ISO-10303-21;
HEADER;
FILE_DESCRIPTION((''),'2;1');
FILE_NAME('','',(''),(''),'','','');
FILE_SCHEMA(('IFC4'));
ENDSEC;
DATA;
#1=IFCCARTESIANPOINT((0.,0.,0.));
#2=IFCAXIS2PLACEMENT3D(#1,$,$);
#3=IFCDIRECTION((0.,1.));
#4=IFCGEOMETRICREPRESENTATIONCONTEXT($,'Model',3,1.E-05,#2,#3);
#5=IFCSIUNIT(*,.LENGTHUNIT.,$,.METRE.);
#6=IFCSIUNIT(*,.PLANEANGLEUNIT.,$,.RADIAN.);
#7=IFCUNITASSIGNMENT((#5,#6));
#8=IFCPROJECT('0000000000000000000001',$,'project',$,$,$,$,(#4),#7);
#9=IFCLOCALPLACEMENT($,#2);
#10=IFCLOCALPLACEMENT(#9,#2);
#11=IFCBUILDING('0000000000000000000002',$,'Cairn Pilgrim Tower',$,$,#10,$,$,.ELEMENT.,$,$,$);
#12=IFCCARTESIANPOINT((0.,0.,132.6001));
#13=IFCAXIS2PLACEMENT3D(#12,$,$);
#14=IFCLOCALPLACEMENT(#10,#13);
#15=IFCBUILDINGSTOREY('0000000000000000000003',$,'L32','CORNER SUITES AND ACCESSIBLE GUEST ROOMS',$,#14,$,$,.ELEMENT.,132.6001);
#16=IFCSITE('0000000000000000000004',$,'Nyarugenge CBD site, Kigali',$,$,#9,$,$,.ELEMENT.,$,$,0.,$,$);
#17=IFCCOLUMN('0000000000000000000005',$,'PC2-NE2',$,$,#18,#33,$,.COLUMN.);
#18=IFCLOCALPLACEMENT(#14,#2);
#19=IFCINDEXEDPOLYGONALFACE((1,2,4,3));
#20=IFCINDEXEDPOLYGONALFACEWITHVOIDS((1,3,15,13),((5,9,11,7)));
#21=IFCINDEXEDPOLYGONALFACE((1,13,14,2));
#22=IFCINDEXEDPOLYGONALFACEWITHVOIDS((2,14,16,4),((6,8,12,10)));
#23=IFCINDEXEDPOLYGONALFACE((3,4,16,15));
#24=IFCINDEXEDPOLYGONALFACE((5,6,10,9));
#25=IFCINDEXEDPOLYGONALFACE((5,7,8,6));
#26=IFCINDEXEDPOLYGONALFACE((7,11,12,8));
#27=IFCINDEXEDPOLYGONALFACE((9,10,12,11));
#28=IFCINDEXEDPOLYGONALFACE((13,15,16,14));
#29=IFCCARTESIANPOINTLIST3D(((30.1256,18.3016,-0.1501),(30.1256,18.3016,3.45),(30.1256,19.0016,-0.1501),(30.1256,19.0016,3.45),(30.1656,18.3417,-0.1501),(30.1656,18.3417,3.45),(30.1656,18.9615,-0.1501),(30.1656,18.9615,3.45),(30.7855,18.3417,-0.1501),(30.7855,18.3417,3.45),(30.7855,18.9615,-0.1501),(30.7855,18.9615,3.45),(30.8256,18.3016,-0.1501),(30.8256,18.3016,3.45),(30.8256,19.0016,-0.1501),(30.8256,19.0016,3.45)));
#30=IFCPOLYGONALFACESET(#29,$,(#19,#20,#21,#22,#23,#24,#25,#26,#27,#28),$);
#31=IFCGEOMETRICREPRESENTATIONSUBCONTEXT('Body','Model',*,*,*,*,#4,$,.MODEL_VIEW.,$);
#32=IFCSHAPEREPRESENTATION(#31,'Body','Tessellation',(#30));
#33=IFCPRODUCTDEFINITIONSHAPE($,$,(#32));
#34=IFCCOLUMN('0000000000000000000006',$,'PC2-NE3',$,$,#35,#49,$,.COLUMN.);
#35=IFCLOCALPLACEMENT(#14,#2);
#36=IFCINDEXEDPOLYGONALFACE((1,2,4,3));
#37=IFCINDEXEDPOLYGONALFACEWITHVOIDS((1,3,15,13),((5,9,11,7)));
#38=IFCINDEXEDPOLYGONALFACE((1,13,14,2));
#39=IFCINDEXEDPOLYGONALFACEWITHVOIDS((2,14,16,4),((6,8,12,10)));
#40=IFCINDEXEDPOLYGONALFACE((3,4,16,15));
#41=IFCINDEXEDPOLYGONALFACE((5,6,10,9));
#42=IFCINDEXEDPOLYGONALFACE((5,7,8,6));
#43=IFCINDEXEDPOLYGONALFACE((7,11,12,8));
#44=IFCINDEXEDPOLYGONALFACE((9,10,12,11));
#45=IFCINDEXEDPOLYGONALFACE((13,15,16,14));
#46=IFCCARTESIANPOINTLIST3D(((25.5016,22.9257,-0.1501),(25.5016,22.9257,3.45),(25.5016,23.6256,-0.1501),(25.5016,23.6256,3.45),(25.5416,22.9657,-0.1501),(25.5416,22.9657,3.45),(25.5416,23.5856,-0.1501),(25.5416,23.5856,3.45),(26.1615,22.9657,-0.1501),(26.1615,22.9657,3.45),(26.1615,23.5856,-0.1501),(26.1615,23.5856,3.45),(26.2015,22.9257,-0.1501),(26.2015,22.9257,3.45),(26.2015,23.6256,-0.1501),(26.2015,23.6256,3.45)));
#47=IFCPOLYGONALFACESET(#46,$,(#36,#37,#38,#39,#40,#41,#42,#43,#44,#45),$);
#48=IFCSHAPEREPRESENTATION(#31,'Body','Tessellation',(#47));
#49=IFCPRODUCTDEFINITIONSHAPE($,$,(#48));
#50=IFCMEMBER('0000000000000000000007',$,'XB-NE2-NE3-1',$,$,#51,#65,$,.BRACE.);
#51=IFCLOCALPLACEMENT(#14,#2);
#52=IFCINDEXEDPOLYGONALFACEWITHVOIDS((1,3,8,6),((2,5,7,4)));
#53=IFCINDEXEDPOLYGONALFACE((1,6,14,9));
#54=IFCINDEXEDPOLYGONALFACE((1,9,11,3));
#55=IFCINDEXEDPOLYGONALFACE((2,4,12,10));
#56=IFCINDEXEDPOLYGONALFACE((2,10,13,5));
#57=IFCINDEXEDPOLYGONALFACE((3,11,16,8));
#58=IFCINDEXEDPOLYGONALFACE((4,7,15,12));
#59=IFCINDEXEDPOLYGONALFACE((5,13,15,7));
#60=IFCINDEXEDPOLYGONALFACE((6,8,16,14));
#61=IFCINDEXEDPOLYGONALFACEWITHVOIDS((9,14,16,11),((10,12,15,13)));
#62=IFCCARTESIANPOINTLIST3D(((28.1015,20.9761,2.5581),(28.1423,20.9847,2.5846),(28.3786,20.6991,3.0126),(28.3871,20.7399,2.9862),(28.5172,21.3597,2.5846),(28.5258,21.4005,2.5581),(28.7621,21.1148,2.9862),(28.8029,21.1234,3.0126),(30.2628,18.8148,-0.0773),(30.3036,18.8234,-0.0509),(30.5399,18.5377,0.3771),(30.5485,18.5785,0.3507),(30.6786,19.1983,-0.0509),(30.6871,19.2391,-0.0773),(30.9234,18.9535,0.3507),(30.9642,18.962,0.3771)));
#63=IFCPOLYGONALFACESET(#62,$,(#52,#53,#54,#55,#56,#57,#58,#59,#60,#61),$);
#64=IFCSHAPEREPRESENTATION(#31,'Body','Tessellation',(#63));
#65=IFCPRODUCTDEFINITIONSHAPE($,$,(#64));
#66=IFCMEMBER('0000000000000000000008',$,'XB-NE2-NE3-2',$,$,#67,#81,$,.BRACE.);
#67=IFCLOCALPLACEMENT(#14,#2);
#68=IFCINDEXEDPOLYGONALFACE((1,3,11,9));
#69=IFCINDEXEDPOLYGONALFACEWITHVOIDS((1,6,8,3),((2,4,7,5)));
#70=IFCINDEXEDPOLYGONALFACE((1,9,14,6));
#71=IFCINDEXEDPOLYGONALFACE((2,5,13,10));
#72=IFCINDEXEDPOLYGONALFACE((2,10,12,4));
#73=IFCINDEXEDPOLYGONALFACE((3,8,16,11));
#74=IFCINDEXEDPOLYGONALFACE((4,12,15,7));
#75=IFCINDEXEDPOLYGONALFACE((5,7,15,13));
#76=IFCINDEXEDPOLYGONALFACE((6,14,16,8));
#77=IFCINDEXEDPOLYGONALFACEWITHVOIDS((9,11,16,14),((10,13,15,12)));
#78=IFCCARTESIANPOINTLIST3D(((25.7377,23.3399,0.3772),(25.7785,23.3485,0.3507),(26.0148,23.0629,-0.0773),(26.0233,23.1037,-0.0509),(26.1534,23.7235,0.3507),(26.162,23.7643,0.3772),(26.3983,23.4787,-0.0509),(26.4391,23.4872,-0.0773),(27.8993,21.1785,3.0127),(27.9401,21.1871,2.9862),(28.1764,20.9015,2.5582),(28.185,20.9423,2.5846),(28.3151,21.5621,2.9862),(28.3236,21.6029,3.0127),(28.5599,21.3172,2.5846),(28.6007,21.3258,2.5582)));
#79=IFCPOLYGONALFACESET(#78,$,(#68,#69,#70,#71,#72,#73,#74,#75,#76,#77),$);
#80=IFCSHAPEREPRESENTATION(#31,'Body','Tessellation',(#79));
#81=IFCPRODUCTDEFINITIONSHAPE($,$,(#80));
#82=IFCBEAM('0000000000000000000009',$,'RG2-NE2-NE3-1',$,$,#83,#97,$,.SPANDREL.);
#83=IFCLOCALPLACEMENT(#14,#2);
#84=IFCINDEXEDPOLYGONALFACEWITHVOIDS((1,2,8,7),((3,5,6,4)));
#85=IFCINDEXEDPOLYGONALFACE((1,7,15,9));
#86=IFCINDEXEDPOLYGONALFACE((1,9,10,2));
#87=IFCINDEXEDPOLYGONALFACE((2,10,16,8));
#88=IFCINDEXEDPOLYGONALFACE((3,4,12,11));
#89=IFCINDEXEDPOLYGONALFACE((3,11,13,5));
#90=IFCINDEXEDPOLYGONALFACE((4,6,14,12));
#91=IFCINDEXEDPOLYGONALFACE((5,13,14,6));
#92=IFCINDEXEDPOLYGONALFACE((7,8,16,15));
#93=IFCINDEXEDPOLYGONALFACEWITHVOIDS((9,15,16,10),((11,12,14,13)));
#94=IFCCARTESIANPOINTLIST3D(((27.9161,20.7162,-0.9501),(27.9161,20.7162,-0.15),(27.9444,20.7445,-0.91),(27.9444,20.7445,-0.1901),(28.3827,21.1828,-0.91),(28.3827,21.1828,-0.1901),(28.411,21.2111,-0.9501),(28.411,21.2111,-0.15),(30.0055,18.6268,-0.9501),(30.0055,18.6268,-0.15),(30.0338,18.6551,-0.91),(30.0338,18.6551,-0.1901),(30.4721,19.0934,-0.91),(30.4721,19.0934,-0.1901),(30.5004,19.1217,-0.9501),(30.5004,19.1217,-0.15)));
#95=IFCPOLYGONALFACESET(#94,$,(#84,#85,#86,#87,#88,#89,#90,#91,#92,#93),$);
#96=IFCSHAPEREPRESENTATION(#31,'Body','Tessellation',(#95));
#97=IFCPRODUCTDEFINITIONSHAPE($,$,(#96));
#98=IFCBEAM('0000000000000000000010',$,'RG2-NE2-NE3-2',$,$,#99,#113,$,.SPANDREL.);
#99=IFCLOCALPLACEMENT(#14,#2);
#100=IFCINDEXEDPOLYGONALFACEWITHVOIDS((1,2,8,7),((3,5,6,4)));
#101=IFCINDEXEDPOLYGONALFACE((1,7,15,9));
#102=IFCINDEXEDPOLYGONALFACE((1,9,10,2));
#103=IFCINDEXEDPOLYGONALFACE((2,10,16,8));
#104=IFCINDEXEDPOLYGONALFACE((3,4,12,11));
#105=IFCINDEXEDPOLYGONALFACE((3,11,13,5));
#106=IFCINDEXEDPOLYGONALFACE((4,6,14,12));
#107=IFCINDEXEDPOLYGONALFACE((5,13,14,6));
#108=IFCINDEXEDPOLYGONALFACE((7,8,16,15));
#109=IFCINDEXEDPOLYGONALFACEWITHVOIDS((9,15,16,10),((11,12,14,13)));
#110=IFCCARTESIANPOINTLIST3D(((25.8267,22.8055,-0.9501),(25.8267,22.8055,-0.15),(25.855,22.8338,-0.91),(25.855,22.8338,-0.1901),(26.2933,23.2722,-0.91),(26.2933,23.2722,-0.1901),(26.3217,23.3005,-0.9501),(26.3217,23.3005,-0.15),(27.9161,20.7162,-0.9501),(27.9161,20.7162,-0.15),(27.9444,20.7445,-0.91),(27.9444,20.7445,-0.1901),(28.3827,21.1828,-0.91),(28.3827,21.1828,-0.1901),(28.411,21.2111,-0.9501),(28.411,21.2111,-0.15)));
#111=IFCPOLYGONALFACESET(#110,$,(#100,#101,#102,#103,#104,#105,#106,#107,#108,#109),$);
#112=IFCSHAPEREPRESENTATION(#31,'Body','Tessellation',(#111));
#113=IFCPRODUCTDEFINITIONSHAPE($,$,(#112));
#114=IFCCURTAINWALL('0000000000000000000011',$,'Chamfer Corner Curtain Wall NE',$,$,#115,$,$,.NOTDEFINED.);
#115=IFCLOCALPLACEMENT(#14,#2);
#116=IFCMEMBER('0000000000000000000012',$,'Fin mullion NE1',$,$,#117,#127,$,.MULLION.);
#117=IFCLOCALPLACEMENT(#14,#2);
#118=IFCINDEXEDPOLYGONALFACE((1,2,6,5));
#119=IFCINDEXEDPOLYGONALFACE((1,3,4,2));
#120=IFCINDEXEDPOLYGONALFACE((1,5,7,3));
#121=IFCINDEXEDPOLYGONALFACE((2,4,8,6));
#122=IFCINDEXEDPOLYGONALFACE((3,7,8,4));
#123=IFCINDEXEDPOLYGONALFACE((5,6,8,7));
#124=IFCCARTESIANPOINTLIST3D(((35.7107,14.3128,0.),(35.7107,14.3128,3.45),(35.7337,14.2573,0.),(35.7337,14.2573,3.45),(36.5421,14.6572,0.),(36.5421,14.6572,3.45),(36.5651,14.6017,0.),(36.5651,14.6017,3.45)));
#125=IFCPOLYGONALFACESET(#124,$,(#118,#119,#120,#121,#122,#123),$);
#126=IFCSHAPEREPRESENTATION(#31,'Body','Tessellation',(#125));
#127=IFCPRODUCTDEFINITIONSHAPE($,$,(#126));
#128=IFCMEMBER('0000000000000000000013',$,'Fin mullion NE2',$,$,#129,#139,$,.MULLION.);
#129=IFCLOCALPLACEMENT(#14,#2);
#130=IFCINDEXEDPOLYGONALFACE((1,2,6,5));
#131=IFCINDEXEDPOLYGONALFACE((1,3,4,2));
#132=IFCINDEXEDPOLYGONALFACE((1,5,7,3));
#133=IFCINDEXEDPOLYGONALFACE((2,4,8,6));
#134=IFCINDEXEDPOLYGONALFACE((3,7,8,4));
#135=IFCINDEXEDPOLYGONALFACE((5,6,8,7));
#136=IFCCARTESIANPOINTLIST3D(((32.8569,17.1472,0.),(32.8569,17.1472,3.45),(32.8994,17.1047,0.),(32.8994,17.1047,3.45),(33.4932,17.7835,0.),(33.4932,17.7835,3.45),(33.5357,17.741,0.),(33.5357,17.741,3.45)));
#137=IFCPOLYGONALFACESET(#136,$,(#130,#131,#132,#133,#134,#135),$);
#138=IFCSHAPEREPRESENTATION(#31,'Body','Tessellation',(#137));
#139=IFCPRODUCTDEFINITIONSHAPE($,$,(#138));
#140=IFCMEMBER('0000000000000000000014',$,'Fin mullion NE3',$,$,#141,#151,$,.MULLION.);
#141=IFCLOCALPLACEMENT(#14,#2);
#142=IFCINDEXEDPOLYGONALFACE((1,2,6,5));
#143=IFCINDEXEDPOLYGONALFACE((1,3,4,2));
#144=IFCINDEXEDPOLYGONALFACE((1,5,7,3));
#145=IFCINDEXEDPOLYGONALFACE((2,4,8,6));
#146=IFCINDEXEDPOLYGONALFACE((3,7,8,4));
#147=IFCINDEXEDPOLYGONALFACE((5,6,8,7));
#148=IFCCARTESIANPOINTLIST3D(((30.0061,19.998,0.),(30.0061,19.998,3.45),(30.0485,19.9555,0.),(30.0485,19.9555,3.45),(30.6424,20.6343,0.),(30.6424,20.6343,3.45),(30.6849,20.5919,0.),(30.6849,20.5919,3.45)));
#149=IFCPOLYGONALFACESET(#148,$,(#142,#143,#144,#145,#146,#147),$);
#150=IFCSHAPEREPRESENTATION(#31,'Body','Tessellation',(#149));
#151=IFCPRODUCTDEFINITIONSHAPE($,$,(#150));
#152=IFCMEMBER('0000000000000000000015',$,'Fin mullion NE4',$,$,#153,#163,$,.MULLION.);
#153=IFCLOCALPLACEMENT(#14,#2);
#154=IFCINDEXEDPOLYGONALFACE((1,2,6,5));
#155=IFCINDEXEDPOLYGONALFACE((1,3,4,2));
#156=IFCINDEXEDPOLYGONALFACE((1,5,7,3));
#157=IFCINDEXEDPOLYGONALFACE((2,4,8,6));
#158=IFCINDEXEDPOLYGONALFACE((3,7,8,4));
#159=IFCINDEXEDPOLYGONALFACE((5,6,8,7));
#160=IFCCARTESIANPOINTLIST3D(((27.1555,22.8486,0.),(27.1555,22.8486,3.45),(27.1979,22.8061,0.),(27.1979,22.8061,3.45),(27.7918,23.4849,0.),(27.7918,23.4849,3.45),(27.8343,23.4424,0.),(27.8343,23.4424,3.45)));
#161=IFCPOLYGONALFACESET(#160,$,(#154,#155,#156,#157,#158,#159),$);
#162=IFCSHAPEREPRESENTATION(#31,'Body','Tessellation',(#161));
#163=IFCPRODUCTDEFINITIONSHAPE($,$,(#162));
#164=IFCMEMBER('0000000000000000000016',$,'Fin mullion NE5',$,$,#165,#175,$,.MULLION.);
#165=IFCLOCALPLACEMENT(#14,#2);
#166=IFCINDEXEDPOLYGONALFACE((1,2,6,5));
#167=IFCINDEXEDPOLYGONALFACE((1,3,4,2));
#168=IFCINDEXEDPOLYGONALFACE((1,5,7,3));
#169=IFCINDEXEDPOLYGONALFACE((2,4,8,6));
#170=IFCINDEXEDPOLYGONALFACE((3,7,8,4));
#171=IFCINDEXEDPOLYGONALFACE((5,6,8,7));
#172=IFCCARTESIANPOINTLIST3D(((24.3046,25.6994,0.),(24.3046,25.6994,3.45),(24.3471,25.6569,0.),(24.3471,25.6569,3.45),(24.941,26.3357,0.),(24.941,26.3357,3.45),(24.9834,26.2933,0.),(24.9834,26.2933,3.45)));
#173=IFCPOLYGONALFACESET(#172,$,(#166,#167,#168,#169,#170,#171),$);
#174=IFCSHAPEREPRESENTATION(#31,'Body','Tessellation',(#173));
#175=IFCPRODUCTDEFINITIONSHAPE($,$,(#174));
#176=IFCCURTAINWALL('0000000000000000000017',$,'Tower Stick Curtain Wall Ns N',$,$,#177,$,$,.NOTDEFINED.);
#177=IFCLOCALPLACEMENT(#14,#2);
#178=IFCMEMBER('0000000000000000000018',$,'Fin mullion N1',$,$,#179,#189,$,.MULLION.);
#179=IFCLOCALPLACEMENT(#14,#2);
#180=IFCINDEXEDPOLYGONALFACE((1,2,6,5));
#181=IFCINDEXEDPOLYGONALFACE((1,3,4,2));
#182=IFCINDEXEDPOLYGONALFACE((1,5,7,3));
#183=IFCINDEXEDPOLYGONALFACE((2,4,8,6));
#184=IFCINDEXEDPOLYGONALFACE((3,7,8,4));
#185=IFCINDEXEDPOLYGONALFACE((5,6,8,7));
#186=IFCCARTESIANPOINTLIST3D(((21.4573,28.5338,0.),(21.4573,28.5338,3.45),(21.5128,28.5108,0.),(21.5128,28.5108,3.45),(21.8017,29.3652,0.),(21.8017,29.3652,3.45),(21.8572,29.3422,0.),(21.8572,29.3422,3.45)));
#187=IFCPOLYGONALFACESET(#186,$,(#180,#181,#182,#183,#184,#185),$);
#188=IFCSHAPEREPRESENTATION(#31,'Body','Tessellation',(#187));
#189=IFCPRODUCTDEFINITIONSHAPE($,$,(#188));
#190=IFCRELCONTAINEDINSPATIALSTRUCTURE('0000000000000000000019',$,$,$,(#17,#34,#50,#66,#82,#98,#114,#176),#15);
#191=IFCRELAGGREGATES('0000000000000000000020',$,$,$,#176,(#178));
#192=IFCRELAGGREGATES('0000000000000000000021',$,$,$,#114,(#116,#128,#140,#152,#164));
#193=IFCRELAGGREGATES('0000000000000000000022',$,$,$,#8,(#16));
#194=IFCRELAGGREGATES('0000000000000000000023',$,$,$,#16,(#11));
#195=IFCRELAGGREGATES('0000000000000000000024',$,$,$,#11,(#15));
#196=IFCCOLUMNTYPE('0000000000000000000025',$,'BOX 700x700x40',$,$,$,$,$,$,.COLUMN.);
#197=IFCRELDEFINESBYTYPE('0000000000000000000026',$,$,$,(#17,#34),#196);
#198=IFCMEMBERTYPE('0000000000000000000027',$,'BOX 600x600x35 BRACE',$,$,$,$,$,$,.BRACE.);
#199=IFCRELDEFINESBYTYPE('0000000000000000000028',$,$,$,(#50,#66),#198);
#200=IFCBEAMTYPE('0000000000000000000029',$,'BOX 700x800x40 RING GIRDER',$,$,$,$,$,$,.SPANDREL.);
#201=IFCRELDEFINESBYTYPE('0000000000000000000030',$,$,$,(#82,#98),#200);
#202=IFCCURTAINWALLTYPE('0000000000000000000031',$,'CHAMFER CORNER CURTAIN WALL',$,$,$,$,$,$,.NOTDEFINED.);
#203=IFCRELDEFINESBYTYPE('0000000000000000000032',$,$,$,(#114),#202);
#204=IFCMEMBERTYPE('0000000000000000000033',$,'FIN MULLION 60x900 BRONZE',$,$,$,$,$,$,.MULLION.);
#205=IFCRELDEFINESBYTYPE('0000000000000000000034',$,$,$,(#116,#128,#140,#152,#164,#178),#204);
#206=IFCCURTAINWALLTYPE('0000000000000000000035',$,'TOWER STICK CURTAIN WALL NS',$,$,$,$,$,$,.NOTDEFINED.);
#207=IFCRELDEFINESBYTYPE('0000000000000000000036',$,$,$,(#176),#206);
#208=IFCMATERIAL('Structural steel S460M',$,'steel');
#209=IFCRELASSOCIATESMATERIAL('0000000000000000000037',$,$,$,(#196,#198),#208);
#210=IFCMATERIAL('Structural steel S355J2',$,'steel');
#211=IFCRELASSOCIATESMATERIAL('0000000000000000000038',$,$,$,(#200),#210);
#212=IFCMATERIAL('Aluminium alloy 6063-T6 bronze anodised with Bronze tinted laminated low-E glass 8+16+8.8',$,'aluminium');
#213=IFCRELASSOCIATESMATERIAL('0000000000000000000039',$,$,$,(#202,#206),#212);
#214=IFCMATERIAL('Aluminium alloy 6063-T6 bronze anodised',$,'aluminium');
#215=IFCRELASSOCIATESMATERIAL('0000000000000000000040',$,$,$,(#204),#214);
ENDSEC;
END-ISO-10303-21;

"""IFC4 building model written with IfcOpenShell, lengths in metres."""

from ifc_helpers import new_model, si_unit, direction, frame, origin, origin_2d, place, context, subcontext, project, spatial, rectangle, hollow_rectangle, extrude, material, material_profile, profile_set, type_object, element, aggregate, save


model = new_model("IFC4")

# Units and contexts
model_context = context("Model", 3, precision=1e-05, world=origin(), true_north=direction((0.0, 1.0)))
body_context = subcontext(model_context, "Body", "Model", "MODEL_VIEW")
ifc_project = project(units=[si_unit("LENGTHUNIT", "METRE"), si_unit("PLANEANGLEUNIT", "RADIAN")], contexts=[model_context])

# Site, building, storey
site_placement = place(None, origin())
site = spatial("IfcSite", under=ifc_project, at=site_placement, Name="Nyarugenge CBD site, Kigali", CompositionType="ELEMENT", RefElevation=0.0)
building_placement = place(site_placement, origin())
building = spatial("IfcBuilding", under=site, at=building_placement, Name="Cairn Pilgrim Tower", CompositionType="ELEMENT")
storey_placement = place(building_placement, frame((0.0, 0.0, 132.6001)))
storey = spatial("IfcBuildingStorey", under=building, at=storey_placement, Name="L32", Description="CORNER SUITES AND ACCESSIBLE GUEST ROOMS", CompositionType="ELEMENT", Elevation=132.6001)

# Columns
ifc_material_1 = material(Name="Structural steel S460M", Category="steel")
ifc_material_profile_1 = material_profile(ifc_material_1, hollow_rectangle(XDim=0.7, YDim=0.7, WallThickness=0.04, at=origin_2d()), Name="BOX 700x700x40")
ifc_profile_set_1 = profile_set([ifc_material_profile_1], Name="Structural steel S460M")
column_type = type_object("IfcColumnType", Name="BOX 700x700x40", PredefinedType="COLUMN", material=ifc_profile_set_1)
for number, where, z_axis, x_axis, name in (
    (1, (30.4756, 18.6516, -0.1501), (0.0, 0.0, 1.0), (1.0, 0.0, 0.0), "PC2-NE2"),
    (2, (25.8516, 23.2756, -0.1501), (0.0, 0.0, 1.0), (1.0, 0.0, 0.0), "PC2-NE3"),
):
    element("IfcColumn", number, at=place(storey_placement, frame(where, z_axis=z_axis, x_axis=x_axis)), inside=storey, type_object=column_type, Name=name, PredefinedType="COLUMN", context=body_context, shape_type="SweptSolid", body=[
        extrude(hollow_rectangle(XDim=0.7, YDim=0.7, WallThickness=0.04, at=origin_2d()), origin(), (0.0, 0.0, 1.0), 3.6001),
    ])

# Members
ifc_material_profile_2 = material_profile(ifc_material_1, hollow_rectangle(XDim=0.6001, YDim=0.6001, WallThickness=0.0349, at=origin_2d()), Name="BOX 600x600x35")
ifc_profile_set_2 = profile_set([ifc_material_profile_2], Name="Structural steel S460M")
member_type_1 = type_object("IfcMemberType", Name="BOX 600x600x35 BRACE", PredefinedType="BRACE", material=ifc_profile_set_2)
member_1_placement = place(storey_placement, frame((30.6135, 18.8884, 0.1499), z_axis=(-0.53553, 0.53553, 0.653004), x_axis=(-0.707107, -0.707107, 0.0)))
element("IfcMember", 3, at=member_1_placement, inside=storey, type_object=member_type_1, Name="XB-NE2-NE3-1", PredefinedType="BRACE", context=body_context, shape_type="SweptSolid", body=[
    extrude(hollow_rectangle(XDim=0.6001, YDim=0.6001, WallThickness=0.0349, at=origin_2d()), origin(), (0.0, 0.0, 1.0), 4.0359),
])
member_2_placement = place(storey_placement, frame((26.0884, 23.4136, 0.1499), z_axis=(0.535573, -0.535513, 0.652983), x_axis=(0.707067, 0.707147, 0.0)))
element("IfcMember", 4, at=member_2_placement, inside=storey, type_object=member_type_1, Name="XB-NE2-NE3-2", PredefinedType="BRACE", context=body_context, shape_type="SweptSolid", body=[
    extrude(hollow_rectangle(XDim=0.6001, YDim=0.6001, WallThickness=0.0349, at=origin_2d()), origin(), (0.0, 0.0, 1.0), 4.0361),
])

# Beams
ifc_material_2 = material(Name="Structural steel S355J2", Category="steel")
ifc_material_profile_3 = material_profile(ifc_material_2, hollow_rectangle(XDim=0.7, YDim=0.8, WallThickness=0.04, at=origin_2d()), Name="BOX 700x800x40")
ifc_profile_set_3 = profile_set([ifc_material_profile_3], Name="Structural steel S355J2")
beam_type_1 = type_object("IfcBeamType", Name="BOX 700x800x40 RING GIRDER", PredefinedType="SPANDREL", material=ifc_profile_set_3)
for number, where, z_axis, x_axis, name in (
    (5, (30.2529, 18.8743, -0.55), (-0.707107, 0.707107, 0.0), (-0.707107, -0.707107, 0.0), "RG2-NE2-NE3-1"),
    (6, (28.1636, 20.9636, -0.55), (-0.707107, 0.707107, 0.0), (-0.707107, -0.707107, 0.0), "RG2-NE2-NE3-2"),
):
    element("IfcBeam", number, at=place(storey_placement, frame(where, z_axis=z_axis, x_axis=x_axis)), inside=storey, type_object=beam_type_1, Name=name, PredefinedType="SPANDREL", context=body_context, shape_type="SweptSolid", body=[
        extrude(hollow_rectangle(XDim=0.7, YDim=0.8, WallThickness=0.04, at=origin_2d()), origin(), (0.0, 0.0, 1.0), 2.9548),
    ])

# Curtain wall, members
ifc_material_3 = material(Name="Aluminium alloy 6063-T6 bronze anodised with Bronze tinted laminated low-E glass 8+16+8.8", Category="aluminium")
curtain_wall_type_1 = type_object("IfcCurtainWallType", Name="CHAMFER CORNER CURTAIN WALL", PredefinedType="NOTDEFINED", material=ifc_material_3)
curtain_wall_1_placement = place(storey_placement, origin())
curtain_wall_1 = element("IfcCurtainWall", 7, at=curtain_wall_1_placement, inside=storey, type_object=curtain_wall_type_1, Name="Chamfer Corner Curtain Wall NE", PredefinedType="NOTDEFINED")
ifc_material_4 = material(Name="Aluminium alloy 6063-T6 bronze anodised", Category="aluminium")
ifc_material_profile_4 = material_profile(ifc_material_4, rectangle(XDim=0.8999, YDim=0.0601, at=origin_2d()), Name="FIN MULLION 60x900 BRONZE")
ifc_profile_set_4 = profile_set([ifc_material_profile_4], Name="Aluminium alloy 6063-T6 bronze anodised")
member_type_2 = type_object("IfcMemberType", Name="FIN MULLION 60x900 BRONZE", PredefinedType="MULLION", material=ifc_profile_set_4)
member_3_placement = place(storey_placement, frame((36.1379, 14.4573, 0.0), z_axis=(0.0, 0.0, 1.0), x_axis=(0.92388, 0.382683, 0.0)))
member_3 = element("IfcMember", 8, at=member_3_placement, type_object=member_type_2, Name="Fin mullion NE1", PredefinedType="MULLION", context=body_context, shape_type="SweptSolid", body=[
    extrude(rectangle(XDim=0.8999, YDim=0.0601, at=origin_2d()), origin(), (0.0, 0.0, 1.0), 3.45),
])
member_4_placement = place(storey_placement, frame((33.1963, 17.4441, 0.0), z_axis=(0.0, 0.0, 1.0), x_axis=(0.707107, 0.707107, 0.0)))
member_4 = element("IfcMember", 9, at=member_4_placement, type_object=member_type_2, Name="Fin mullion NE2", PredefinedType="MULLION", context=body_context, shape_type="SweptSolid", body=[
    extrude(rectangle(XDim=0.8999, YDim=0.0601, at=origin_2d()), origin(), (0.0, 0.0, 1.0), 3.45),
])
member_5_placement = place(storey_placement, frame((30.3455, 20.2949, 0.0), z_axis=(0.0, 0.0, 1.0), x_axis=(0.707107, 0.707107, 0.0)))
member_5 = element("IfcMember", 10, at=member_5_placement, type_object=member_type_2, Name="Fin mullion NE3", PredefinedType="MULLION", context=body_context, shape_type="SweptSolid", body=[
    extrude(rectangle(XDim=0.8999, YDim=0.0601, at=origin_2d()), origin(), (0.0, 0.0, 1.0), 3.45),
])
member_6_placement = place(storey_placement, frame((27.4949, 23.1455, 0.0), z_axis=(0.0, 0.0, 1.0), x_axis=(0.707107, 0.707107, 0.0)))
member_6 = element("IfcMember", 11, at=member_6_placement, type_object=member_type_2, Name="Fin mullion NE4", PredefinedType="MULLION", context=body_context, shape_type="SweptSolid", body=[
    extrude(rectangle(XDim=0.8999, YDim=0.0601, at=origin_2d()), origin(), (0.0, 0.0, 1.0), 3.45),
])
member_7_placement = place(storey_placement, frame((24.644, 25.9963, 0.0), z_axis=(0.0, 0.0, 1.0), x_axis=(0.707107, 0.707107, 0.0)))
member_7 = element("IfcMember", 12, at=member_7_placement, type_object=member_type_2, Name="Fin mullion NE5", PredefinedType="MULLION", context=body_context, shape_type="SweptSolid", body=[
    extrude(rectangle(XDim=0.8999, YDim=0.0601, at=origin_2d()), origin(), (0.0, 0.0, 1.0), 3.45),
])

# Curtain wall, member
curtain_wall_type_2 = type_object("IfcCurtainWallType", Name="TOWER STICK CURTAIN WALL NS", PredefinedType="NOTDEFINED", material=ifc_material_3)
curtain_wall_2_placement = place(storey_placement, origin())
curtain_wall_2 = element("IfcCurtainWall", 13, at=curtain_wall_2_placement, inside=storey, type_object=curtain_wall_type_2, Name="Tower Stick Curtain Wall Ns N", PredefinedType="NOTDEFINED")
member_8_placement = place(storey_placement, frame((21.6572, 28.938, 0.0), z_axis=(0.0, 0.0, 1.0), x_axis=(0.382683, 0.92388, 0.0)))
member_8 = element("IfcMember", 14, at=member_8_placement, type_object=member_type_2, Name="Fin mullion N1", PredefinedType="MULLION", context=body_context, shape_type="SweptSolid", body=[
    extrude(rectangle(XDim=0.8999, YDim=0.0601, at=origin_2d()), origin(), (0.0, 0.0, 1.0), 3.45),
])
aggregate(curtain_wall_2, [member_8])

aggregate(curtain_wall_1, [member_3, member_4, member_5, member_6, member_7])

save(model, "model.ifc")
